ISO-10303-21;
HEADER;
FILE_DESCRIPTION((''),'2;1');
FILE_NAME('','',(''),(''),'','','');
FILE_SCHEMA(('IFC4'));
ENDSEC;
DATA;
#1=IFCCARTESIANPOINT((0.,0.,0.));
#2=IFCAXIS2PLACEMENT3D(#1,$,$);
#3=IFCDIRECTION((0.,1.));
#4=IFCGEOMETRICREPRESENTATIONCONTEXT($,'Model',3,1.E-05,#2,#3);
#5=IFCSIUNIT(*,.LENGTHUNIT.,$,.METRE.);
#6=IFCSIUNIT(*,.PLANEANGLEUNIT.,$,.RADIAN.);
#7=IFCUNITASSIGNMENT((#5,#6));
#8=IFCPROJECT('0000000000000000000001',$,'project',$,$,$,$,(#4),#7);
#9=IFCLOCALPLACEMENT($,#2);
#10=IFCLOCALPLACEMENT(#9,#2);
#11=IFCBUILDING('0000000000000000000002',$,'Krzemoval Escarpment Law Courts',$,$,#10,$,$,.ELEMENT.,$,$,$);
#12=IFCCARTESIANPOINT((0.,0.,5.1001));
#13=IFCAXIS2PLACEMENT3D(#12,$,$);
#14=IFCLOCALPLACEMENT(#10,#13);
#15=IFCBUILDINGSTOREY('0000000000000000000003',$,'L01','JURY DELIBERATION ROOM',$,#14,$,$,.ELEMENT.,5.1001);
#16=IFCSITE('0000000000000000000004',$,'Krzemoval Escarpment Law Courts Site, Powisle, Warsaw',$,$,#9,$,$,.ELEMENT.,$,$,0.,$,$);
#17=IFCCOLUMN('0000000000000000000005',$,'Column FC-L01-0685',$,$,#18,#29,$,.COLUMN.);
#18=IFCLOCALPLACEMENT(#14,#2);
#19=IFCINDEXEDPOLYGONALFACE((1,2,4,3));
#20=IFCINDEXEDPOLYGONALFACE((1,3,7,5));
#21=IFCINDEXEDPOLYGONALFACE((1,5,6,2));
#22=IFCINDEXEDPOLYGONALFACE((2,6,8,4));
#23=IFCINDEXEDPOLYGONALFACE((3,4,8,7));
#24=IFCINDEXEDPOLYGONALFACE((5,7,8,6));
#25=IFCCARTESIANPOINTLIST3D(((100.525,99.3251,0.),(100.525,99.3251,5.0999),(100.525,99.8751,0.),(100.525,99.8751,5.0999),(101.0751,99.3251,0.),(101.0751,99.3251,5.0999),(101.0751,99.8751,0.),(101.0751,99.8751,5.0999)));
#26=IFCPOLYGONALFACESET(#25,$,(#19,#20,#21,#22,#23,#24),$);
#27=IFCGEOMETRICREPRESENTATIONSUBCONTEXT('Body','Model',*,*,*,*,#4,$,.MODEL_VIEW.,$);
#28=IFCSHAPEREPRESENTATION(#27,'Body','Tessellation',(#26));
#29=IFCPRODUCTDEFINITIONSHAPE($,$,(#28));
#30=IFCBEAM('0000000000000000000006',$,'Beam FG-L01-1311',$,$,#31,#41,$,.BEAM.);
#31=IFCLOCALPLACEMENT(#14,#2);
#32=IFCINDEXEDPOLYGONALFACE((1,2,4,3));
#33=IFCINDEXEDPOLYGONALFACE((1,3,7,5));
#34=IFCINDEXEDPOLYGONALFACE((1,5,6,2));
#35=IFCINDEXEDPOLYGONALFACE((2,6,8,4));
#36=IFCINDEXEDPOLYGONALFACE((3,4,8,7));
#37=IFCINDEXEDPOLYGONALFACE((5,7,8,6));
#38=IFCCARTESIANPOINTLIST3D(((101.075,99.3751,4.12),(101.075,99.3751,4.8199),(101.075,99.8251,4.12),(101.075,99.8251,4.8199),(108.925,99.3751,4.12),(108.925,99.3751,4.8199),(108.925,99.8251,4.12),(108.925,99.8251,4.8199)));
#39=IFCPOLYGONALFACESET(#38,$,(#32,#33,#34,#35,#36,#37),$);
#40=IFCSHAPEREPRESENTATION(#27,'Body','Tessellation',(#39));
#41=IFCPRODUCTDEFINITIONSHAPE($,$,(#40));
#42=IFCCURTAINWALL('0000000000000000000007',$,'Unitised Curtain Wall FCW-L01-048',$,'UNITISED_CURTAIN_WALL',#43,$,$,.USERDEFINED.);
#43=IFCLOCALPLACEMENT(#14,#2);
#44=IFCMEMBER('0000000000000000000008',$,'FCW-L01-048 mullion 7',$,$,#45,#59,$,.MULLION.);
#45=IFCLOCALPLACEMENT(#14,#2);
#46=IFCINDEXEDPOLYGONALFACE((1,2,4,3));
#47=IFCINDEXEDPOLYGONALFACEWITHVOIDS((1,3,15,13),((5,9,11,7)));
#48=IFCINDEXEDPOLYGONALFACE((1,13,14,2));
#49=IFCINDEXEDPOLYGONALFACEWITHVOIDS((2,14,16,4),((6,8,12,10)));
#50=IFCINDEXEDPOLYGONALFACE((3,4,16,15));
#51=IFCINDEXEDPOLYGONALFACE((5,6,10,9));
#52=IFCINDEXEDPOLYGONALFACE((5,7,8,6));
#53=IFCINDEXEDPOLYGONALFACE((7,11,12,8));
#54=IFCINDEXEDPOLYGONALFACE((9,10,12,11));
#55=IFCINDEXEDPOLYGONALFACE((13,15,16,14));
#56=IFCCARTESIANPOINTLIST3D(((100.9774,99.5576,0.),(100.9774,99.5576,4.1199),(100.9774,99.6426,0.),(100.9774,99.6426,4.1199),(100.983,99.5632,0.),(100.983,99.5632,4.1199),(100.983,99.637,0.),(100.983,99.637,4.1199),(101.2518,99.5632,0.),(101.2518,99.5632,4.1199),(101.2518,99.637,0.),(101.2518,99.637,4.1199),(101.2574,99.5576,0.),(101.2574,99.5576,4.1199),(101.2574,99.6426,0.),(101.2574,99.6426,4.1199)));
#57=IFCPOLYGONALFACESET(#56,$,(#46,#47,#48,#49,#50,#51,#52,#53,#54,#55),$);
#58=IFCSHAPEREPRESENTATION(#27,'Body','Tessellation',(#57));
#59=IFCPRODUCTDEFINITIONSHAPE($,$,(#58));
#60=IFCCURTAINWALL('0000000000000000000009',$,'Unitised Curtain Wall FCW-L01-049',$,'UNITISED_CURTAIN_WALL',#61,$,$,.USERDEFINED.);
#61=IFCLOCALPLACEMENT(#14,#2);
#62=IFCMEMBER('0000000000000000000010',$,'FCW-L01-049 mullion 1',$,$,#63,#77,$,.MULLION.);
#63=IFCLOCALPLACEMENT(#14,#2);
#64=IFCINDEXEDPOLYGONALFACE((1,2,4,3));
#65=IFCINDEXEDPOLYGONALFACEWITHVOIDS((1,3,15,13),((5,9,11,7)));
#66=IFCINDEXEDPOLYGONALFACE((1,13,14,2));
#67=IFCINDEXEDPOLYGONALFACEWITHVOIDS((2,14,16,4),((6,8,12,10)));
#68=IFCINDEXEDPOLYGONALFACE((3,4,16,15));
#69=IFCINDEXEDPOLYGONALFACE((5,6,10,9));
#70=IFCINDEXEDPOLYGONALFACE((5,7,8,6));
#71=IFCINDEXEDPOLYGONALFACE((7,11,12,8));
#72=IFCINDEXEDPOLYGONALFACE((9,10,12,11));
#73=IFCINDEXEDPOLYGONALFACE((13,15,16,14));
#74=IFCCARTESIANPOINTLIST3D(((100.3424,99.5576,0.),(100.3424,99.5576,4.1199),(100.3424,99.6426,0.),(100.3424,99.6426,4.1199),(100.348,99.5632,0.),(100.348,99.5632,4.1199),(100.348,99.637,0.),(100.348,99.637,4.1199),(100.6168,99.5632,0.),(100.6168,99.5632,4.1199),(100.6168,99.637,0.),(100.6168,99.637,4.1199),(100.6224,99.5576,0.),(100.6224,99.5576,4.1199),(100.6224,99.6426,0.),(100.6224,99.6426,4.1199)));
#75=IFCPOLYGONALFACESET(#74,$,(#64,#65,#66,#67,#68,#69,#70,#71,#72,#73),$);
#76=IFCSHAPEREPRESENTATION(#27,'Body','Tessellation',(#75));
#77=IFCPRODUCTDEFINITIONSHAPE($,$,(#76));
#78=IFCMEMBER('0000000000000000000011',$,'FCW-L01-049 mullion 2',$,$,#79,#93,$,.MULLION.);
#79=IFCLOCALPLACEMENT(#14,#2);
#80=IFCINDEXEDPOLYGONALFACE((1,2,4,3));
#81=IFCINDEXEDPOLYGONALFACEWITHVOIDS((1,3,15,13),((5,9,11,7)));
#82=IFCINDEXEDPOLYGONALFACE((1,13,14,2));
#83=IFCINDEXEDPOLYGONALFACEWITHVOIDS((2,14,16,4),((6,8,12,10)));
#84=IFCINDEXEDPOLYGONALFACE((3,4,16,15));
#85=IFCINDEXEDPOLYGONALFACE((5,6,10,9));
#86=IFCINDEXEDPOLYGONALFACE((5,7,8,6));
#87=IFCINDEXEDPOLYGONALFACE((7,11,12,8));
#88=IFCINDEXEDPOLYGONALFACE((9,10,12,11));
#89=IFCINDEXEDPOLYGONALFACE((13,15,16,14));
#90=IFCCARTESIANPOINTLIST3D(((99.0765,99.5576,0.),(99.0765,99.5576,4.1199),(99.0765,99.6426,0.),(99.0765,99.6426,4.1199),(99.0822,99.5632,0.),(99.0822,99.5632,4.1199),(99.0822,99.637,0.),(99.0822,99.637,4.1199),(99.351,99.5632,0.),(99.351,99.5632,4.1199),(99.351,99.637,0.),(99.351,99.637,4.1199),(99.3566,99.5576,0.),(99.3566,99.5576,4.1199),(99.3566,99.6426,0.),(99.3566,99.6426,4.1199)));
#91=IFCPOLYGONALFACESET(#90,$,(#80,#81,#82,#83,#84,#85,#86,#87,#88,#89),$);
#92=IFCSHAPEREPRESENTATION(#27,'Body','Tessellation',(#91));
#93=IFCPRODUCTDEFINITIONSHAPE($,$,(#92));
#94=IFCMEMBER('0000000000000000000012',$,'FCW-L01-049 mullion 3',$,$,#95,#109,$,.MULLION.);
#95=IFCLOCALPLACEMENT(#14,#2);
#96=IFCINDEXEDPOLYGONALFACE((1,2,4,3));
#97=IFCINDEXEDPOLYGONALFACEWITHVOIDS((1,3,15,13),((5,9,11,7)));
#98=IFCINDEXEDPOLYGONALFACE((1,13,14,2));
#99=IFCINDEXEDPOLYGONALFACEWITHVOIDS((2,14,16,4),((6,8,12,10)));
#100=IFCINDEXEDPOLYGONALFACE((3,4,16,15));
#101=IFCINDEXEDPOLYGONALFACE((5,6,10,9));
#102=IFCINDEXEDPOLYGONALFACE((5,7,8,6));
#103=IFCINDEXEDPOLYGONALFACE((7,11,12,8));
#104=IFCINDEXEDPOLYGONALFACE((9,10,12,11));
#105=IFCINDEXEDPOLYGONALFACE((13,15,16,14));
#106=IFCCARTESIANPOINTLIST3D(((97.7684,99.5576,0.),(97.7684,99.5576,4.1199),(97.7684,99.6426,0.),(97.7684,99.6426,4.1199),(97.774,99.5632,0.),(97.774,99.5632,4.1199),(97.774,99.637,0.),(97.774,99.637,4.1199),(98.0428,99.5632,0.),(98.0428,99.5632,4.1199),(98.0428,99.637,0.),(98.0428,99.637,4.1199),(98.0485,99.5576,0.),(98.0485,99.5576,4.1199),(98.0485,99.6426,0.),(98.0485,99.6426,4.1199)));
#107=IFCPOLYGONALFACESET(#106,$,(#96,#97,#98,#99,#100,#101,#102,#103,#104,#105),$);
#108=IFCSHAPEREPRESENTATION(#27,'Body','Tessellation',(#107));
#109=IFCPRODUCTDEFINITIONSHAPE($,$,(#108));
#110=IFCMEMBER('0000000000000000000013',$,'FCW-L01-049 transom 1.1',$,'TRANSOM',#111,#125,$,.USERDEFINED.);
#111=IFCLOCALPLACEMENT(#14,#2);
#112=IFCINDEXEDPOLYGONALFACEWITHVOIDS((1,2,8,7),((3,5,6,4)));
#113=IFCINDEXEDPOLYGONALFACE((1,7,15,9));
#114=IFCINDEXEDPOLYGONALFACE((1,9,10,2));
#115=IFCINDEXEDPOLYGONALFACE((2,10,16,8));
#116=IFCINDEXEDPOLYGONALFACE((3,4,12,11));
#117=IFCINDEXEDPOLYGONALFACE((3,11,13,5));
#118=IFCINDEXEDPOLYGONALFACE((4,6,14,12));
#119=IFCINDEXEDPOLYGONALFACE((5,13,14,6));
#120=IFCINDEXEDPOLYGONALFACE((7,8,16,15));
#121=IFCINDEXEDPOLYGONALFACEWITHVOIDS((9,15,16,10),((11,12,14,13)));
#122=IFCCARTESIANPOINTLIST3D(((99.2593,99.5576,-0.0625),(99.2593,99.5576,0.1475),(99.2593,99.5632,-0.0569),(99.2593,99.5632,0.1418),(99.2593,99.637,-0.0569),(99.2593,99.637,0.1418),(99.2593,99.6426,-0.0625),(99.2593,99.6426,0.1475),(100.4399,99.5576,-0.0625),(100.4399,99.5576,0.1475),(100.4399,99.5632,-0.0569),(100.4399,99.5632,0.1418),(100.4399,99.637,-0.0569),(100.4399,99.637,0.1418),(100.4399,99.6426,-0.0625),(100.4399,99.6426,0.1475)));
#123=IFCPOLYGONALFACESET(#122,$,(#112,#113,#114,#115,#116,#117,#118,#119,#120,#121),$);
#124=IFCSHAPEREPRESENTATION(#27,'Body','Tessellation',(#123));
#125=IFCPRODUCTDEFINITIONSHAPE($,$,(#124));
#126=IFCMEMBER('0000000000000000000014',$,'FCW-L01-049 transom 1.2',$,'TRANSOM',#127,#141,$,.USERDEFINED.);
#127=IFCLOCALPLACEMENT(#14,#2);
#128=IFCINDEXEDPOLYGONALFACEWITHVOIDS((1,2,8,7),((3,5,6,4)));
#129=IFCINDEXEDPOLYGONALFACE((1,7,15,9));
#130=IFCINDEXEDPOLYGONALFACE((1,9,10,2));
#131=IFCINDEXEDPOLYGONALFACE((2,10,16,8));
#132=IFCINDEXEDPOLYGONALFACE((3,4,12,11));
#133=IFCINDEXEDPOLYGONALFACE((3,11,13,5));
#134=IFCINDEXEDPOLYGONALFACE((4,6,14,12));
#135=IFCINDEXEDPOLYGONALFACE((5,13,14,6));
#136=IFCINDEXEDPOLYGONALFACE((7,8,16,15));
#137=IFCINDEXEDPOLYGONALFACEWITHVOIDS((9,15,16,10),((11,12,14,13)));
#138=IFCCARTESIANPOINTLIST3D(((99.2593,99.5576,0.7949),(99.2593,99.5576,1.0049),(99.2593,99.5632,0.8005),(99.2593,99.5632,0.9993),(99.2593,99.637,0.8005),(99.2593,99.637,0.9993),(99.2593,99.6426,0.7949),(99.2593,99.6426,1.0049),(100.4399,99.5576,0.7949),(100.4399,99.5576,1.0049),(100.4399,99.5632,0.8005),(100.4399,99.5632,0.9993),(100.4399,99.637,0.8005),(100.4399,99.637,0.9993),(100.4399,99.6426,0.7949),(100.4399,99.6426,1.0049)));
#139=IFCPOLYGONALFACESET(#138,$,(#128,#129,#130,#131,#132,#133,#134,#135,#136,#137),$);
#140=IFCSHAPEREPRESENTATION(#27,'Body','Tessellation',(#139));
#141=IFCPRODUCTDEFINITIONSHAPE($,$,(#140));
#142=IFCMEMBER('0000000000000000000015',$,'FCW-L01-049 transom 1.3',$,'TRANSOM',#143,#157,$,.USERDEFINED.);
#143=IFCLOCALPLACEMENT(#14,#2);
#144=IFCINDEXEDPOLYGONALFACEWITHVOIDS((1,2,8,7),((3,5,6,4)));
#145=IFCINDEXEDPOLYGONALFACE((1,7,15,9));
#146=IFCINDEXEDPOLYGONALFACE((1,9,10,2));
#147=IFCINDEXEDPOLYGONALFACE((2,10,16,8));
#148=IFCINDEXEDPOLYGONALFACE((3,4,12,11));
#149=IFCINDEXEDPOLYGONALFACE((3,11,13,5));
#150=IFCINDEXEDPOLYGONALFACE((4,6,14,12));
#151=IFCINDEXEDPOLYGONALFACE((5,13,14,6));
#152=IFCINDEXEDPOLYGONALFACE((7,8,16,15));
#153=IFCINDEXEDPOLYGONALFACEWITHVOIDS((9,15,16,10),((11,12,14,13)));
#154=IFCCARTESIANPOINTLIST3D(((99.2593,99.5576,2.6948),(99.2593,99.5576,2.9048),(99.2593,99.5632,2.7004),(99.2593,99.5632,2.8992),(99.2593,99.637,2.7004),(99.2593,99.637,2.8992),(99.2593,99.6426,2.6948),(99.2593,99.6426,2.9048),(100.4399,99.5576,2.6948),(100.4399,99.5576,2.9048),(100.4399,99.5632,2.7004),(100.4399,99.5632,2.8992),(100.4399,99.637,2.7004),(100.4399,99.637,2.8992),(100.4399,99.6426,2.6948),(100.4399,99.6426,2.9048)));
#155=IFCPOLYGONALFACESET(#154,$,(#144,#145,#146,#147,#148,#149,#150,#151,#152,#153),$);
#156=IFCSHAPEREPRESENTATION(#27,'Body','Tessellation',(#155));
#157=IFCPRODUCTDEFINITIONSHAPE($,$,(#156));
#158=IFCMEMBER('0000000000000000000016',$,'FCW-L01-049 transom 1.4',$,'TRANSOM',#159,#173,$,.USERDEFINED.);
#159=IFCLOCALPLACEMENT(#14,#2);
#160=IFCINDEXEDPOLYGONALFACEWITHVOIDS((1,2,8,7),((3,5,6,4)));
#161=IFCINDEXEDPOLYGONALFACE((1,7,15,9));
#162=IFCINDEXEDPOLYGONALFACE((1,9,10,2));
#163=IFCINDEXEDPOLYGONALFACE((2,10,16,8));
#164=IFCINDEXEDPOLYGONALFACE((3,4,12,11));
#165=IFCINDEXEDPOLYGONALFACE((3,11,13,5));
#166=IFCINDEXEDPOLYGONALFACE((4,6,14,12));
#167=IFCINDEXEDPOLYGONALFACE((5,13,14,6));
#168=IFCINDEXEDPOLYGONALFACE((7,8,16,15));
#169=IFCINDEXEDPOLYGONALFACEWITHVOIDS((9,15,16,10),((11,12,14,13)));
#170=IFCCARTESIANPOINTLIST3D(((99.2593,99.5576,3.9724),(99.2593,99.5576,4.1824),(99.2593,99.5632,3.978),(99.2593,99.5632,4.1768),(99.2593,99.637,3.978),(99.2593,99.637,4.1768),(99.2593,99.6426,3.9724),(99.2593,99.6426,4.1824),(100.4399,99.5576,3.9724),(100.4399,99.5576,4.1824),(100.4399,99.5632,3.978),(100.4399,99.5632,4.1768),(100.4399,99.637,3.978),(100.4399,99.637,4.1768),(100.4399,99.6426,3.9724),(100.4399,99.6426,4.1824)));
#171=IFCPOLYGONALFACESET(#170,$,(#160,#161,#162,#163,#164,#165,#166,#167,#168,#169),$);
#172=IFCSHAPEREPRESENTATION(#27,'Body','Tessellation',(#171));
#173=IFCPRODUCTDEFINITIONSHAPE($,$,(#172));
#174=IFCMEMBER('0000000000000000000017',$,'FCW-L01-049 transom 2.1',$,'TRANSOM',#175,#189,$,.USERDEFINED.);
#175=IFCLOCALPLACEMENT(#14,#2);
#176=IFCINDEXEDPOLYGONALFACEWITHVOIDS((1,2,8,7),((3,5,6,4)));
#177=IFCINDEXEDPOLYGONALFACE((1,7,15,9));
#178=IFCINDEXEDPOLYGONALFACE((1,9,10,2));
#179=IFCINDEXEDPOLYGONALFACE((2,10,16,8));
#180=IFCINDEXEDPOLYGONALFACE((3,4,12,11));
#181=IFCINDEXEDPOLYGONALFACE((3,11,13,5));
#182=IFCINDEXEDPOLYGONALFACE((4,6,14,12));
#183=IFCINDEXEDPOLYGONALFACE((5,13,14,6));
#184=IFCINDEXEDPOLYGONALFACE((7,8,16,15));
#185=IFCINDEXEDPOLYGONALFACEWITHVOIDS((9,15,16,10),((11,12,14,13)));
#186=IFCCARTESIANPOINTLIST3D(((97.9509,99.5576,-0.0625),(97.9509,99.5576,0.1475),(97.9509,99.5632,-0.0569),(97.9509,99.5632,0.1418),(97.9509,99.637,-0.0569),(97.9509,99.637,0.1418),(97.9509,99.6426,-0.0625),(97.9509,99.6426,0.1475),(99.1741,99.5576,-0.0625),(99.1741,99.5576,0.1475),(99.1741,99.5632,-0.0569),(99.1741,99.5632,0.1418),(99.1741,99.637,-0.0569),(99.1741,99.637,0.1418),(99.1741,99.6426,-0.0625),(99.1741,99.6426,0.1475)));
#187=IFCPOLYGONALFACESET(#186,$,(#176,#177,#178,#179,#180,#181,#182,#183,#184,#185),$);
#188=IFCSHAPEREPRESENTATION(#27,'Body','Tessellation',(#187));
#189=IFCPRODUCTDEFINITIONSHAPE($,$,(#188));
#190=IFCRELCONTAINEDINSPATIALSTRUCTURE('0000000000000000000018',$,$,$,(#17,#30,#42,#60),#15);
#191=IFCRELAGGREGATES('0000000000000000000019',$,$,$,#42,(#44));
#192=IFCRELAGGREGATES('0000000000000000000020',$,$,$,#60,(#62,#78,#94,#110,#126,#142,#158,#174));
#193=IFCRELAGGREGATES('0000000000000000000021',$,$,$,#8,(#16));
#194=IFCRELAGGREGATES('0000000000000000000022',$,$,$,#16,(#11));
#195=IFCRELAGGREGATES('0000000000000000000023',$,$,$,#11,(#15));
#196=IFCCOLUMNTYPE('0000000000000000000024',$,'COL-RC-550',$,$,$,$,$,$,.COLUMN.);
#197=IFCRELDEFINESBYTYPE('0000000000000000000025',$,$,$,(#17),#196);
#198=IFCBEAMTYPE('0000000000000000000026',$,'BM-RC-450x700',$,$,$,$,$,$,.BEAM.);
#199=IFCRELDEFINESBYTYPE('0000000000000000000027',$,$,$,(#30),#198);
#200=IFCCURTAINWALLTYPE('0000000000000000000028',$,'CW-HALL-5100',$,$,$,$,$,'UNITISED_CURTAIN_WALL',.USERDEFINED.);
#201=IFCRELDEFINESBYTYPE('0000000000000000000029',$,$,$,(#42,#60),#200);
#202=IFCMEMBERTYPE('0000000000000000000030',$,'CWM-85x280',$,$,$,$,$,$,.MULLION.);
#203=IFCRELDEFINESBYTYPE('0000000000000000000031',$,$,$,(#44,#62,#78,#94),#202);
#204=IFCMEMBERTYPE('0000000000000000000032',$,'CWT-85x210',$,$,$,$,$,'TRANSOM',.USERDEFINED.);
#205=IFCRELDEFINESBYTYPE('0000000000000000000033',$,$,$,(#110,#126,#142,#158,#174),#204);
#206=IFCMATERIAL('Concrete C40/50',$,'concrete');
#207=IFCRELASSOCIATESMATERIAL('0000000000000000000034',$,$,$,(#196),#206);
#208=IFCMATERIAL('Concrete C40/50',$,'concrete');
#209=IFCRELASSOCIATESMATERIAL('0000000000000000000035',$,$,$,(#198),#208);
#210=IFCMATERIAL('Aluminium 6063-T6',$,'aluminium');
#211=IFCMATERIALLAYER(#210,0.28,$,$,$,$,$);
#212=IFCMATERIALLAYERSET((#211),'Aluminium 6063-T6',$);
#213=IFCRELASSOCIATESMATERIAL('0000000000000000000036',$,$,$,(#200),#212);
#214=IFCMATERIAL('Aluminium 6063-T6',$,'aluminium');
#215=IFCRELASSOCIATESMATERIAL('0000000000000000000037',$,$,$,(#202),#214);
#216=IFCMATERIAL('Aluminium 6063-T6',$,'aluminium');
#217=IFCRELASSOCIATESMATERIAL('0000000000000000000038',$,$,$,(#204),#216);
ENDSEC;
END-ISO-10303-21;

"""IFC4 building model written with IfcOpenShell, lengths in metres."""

from ifc_helpers import new_model, si_unit, direction, frame, origin, origin_2d, place, context, subcontext, project, spatial, rectangle, hollow_rectangle, extrude, material, layer, layer_set, material_profile, profile_set, type_object, element, aggregate, save


model = new_model("IFC4")

# Units and contexts
model_context = context("Model", 3, precision=1e-05, world=origin(), true_north=direction((0.0, 1.0)))
body_context = subcontext(model_context, "Body", "Model", "MODEL_VIEW")
ifc_project = project(units=[si_unit("LENGTHUNIT", "METRE"), si_unit("PLANEANGLEUNIT", "RADIAN")], contexts=[model_context])

# Site, building, storey
site_placement = place(None, origin())
site = spatial("IfcSite", under=ifc_project, at=site_placement, Name="Krzemoval Escarpment Law Courts Site, Powisle, Warsaw", CompositionType="ELEMENT", RefElevation=0.0)
building_placement = place(site_placement, origin())
building = spatial("IfcBuilding", under=site, at=building_placement, Name="Krzemoval Escarpment Law Courts", CompositionType="ELEMENT")
storey_placement = place(building_placement, frame((0.0, 0.0, 5.1001)))
storey = spatial("IfcBuildingStorey", under=building, at=storey_placement, Name="L01", Description="JURY DELIBERATION ROOM", CompositionType="ELEMENT", Elevation=5.1001)

# Column
ifc_material_1 = material(Name="Concrete C40/50", Category="concrete")
ifc_material_profile_1 = material_profile(ifc_material_1, rectangle(XDim=0.55, YDim=0.55, at=origin_2d()), Name="RC 550x550")
ifc_profile_set_1 = profile_set([ifc_material_profile_1], Name="Concrete C40/50")
column_type = type_object("IfcColumnType", Name="COL-RC-550", PredefinedType="COLUMN", material=ifc_profile_set_1)
column_placement = place(storey_placement, frame((100.8, 99.6001, 0.0), z_axis=(0.0, 0.0, 1.0), x_axis=(1.0, 0.0, 0.0)))
element("IfcColumn", 1, at=column_placement, inside=storey, type_object=column_type, Name="Column FC-L01-0685", PredefinedType="COLUMN", context=body_context, shape_type="SweptSolid", body=[
    extrude(rectangle(XDim=0.55, YDim=0.55, at=origin_2d()), origin(), (0.0, 0.0, 1.0), 5.0999),
])

# Beam
ifc_material_2 = material(Name="Concrete C40/50", Category="concrete")
ifc_material_profile_2 = material_profile(ifc_material_2, rectangle(XDim=0.45, YDim=0.7, at=origin_2d()), Name="RCB 450x700")
ifc_profile_set_2 = profile_set([ifc_material_profile_2], Name="Concrete C40/50")
beam_type = type_object("IfcBeamType", Name="BM-RC-450x700", PredefinedType="BEAM", material=ifc_profile_set_2)
beam_placement = place(storey_placement, frame((101.075, 99.6001, 4.47), z_axis=(1.0, 0.0, 0.0), x_axis=(0.0, 1.0, 0.0)))
element("IfcBeam", 2, at=beam_placement, inside=storey, type_object=beam_type, Name="Beam FG-L01-1311", PredefinedType="BEAM", context=body_context, shape_type="SweptSolid", body=[
    extrude(rectangle(XDim=0.45, YDim=0.7, at=origin_2d()), origin(), (0.0, 0.0, 1.0), 7.8501),
])

# Curtain wall, member
ifc_material_3 = material(Name="Aluminium 6063-T6", Category="aluminium")
ifc_layer_1 = layer(ifc_material_3, 0.28)
ifc_layer_set_1 = layer_set([ifc_layer_1], Name="Aluminium 6063-T6")
curtain_wall_type = type_object("IfcCurtainWallType", Name="CW-HALL-5100", ElementType="UNITISED_CURTAIN_WALL", PredefinedType="USERDEFINED", material=ifc_layer_set_1)
curtain_wall_1_placement = place(storey_placement, origin())
curtain_wall_1 = element("IfcCurtainWall", 3, at=curtain_wall_1_placement, inside=storey, type_object=curtain_wall_type, Name="Unitised Curtain Wall FCW-L01-048", ObjectType="UNITISED_CURTAIN_WALL", PredefinedType="USERDEFINED")
ifc_material_4 = material(Name="Aluminium 6063-T6", Category="aluminium")
ifc_material_profile_3 = material_profile(ifc_material_4, hollow_rectangle(XDim=0.085, YDim=0.28, WallThickness=0.0056, at=origin_2d()), Name="ALU M85x280")
ifc_profile_set_3 = profile_set([ifc_material_profile_3], Name="Aluminium 6063-T6")
member_type_1 = type_object("IfcMemberType", Name="CWM-85x280", PredefinedType="MULLION", material=ifc_profile_set_3)
member_1_placement = place(storey_placement, frame((101.1174, 99.6001, 0.0), z_axis=(0.0, 0.0, 1.0), x_axis=(0.0, -1.0, 0.0)))
member_1 = element("IfcMember", 4, at=member_1_placement, type_object=member_type_1, Name="FCW-L01-048 mullion 7", PredefinedType="MULLION", context=body_context, shape_type="SweptSolid", body=[
    extrude(hollow_rectangle(XDim=0.085, YDim=0.28, WallThickness=0.0056, at=origin_2d()), origin(), (0.0, 0.0, 1.0), 4.1199),
])

# Curtain wall, members
curtain_wall_2_placement = place(storey_placement, origin())
curtain_wall_2 = element("IfcCurtainWall", 5, at=curtain_wall_2_placement, inside=storey, type_object=curtain_wall_type, Name="Unitised Curtain Wall FCW-L01-049", ObjectType="UNITISED_CURTAIN_WALL", PredefinedType="USERDEFINED")
member_2_placement = place(storey_placement, frame((100.4824, 99.6001, 0.0), z_axis=(0.0, 0.0, 1.0), x_axis=(0.0, -1.0, 0.0)))
member_2 = element("IfcMember", 6, at=member_2_placement, type_object=member_type_1, Name="FCW-L01-049 mullion 1", PredefinedType="MULLION", context=body_context, shape_type="SweptSolid", body=[
    extrude(hollow_rectangle(XDim=0.085, YDim=0.28, WallThickness=0.0056, at=origin_2d()), origin(), (0.0, 0.0, 1.0), 4.1199),
])
member_3_placement = place(storey_placement, frame((99.2166, 99.6001, 0.0), z_axis=(0.0, 0.0, 1.0), x_axis=(0.0, -1.0, 0.0)))
member_3 = element("IfcMember", 7, at=member_3_placement, type_object=member_type_1, Name="FCW-L01-049 mullion 2", PredefinedType="MULLION", context=body_context, shape_type="SweptSolid", body=[
    extrude(hollow_rectangle(XDim=0.085, YDim=0.28, WallThickness=0.0056, at=origin_2d()), origin(), (0.0, 0.0, 1.0), 4.1199),
])
member_4_placement = place(storey_placement, frame((97.9084, 99.6001, 0.0), z_axis=(0.0, 0.0, 1.0), x_axis=(0.0, -1.0, 0.0)))
member_4 = element("IfcMember", 8, at=member_4_placement, type_object=member_type_1, Name="FCW-L01-049 mullion 3", PredefinedType="MULLION", context=body_context, shape_type="SweptSolid", body=[
    extrude(hollow_rectangle(XDim=0.085, YDim=0.28, WallThickness=0.0056, at=origin_2d()), origin(), (0.0, 0.0, 1.0), 4.1199),
])
ifc_material_5 = material(Name="Aluminium 6063-T6", Category="aluminium")
ifc_material_profile_4 = material_profile(ifc_material_5, hollow_rectangle(XDim=0.085, YDim=0.21, WallThickness=0.0056, at=origin_2d()), Name="ALU T85x210")
ifc_profile_set_4 = profile_set([ifc_material_profile_4], Name="Aluminium 6063-T6")
member_type_2 = type_object("IfcMemberType", Name="CWT-85x210", ElementType="TRANSOM", PredefinedType="USERDEFINED", material=ifc_profile_set_4)
member_5_placement = place(storey_placement, frame((100.4399, 99.6001, 0.0425), z_axis=(-1.0, 0.0, 0.0), x_axis=(0.0, -1.0, 0.0)))
member_5 = element("IfcMember", 9, at=member_5_placement, type_object=member_type_2, Name="FCW-L01-049 transom 1.1", ObjectType="TRANSOM", PredefinedType="USERDEFINED", context=body_context, shape_type="SweptSolid", body=[
    extrude(hollow_rectangle(XDim=0.085, YDim=0.21, WallThickness=0.0056, at=origin_2d()), origin(), (0.0, 0.0, 1.0), 1.1807),
])
member_6_placement = place(storey_placement, frame((100.4399, 99.6001, 0.8999), z_axis=(-1.0, 0.0, 0.0), x_axis=(0.0, -1.0, 0.0)))
member_6 = element("IfcMember", 10, at=member_6_placement, type_object=member_type_2, Name="FCW-L01-049 transom 1.2", ObjectType="TRANSOM", PredefinedType="USERDEFINED", context=body_context, shape_type="SweptSolid", body=[
    extrude(hollow_rectangle(XDim=0.085, YDim=0.21, WallThickness=0.0056, at=origin_2d()), origin(), (0.0, 0.0, 1.0), 1.1807),
])
member_7_placement = place(storey_placement, frame((100.4399, 99.6001, 2.7998), z_axis=(-1.0, 0.0, 0.0), x_axis=(0.0, -1.0, 0.0)))
member_7 = element("IfcMember", 11, at=member_7_placement, type_object=member_type_2, Name="FCW-L01-049 transom 1.3", ObjectType="TRANSOM", PredefinedType="USERDEFINED", context=body_context, shape_type="SweptSolid", body=[
    extrude(hollow_rectangle(XDim=0.085, YDim=0.21, WallThickness=0.0056, at=origin_2d()), origin(), (0.0, 0.0, 1.0), 1.1807),
])
member_8_placement = place(storey_placement, frame((100.4399, 99.6001, 4.0774), z_axis=(-1.0, 0.0, 0.0), x_axis=(0.0, -1.0, 0.0)))
member_8 = element("IfcMember", 12, at=member_8_placement, type_object=member_type_2, Name="FCW-L01-049 transom 1.4", ObjectType="TRANSOM", PredefinedType="USERDEFINED", context=body_context, shape_type="SweptSolid", body=[
    extrude(hollow_rectangle(XDim=0.085, YDim=0.21, WallThickness=0.0056, at=origin_2d()), origin(), (0.0, 0.0, 1.0), 1.1807),
])
member_9_placement = place(storey_placement, frame((99.1741, 99.6001, 0.0425), z_axis=(-1.0, 0.0, 0.0), x_axis=(0.0, -1.0, 0.0)))
member_9 = element("IfcMember", 13, at=member_9_placement, type_object=member_type_2, Name="FCW-L01-049 transom 2.1", ObjectType="TRANSOM", PredefinedType="USERDEFINED", context=body_context, shape_type="SweptSolid", body=[
    extrude(hollow_rectangle(XDim=0.085, YDim=0.21, WallThickness=0.0056, at=origin_2d()), origin(), (0.0, 0.0, 1.0), 1.2231),
])

aggregate(curtain_wall_1, [member_1])
aggregate(curtain_wall_2, [member_2, member_3, member_4, member_5, member_6, member_7, member_8, member_9])

save(model, "model.ifc")
